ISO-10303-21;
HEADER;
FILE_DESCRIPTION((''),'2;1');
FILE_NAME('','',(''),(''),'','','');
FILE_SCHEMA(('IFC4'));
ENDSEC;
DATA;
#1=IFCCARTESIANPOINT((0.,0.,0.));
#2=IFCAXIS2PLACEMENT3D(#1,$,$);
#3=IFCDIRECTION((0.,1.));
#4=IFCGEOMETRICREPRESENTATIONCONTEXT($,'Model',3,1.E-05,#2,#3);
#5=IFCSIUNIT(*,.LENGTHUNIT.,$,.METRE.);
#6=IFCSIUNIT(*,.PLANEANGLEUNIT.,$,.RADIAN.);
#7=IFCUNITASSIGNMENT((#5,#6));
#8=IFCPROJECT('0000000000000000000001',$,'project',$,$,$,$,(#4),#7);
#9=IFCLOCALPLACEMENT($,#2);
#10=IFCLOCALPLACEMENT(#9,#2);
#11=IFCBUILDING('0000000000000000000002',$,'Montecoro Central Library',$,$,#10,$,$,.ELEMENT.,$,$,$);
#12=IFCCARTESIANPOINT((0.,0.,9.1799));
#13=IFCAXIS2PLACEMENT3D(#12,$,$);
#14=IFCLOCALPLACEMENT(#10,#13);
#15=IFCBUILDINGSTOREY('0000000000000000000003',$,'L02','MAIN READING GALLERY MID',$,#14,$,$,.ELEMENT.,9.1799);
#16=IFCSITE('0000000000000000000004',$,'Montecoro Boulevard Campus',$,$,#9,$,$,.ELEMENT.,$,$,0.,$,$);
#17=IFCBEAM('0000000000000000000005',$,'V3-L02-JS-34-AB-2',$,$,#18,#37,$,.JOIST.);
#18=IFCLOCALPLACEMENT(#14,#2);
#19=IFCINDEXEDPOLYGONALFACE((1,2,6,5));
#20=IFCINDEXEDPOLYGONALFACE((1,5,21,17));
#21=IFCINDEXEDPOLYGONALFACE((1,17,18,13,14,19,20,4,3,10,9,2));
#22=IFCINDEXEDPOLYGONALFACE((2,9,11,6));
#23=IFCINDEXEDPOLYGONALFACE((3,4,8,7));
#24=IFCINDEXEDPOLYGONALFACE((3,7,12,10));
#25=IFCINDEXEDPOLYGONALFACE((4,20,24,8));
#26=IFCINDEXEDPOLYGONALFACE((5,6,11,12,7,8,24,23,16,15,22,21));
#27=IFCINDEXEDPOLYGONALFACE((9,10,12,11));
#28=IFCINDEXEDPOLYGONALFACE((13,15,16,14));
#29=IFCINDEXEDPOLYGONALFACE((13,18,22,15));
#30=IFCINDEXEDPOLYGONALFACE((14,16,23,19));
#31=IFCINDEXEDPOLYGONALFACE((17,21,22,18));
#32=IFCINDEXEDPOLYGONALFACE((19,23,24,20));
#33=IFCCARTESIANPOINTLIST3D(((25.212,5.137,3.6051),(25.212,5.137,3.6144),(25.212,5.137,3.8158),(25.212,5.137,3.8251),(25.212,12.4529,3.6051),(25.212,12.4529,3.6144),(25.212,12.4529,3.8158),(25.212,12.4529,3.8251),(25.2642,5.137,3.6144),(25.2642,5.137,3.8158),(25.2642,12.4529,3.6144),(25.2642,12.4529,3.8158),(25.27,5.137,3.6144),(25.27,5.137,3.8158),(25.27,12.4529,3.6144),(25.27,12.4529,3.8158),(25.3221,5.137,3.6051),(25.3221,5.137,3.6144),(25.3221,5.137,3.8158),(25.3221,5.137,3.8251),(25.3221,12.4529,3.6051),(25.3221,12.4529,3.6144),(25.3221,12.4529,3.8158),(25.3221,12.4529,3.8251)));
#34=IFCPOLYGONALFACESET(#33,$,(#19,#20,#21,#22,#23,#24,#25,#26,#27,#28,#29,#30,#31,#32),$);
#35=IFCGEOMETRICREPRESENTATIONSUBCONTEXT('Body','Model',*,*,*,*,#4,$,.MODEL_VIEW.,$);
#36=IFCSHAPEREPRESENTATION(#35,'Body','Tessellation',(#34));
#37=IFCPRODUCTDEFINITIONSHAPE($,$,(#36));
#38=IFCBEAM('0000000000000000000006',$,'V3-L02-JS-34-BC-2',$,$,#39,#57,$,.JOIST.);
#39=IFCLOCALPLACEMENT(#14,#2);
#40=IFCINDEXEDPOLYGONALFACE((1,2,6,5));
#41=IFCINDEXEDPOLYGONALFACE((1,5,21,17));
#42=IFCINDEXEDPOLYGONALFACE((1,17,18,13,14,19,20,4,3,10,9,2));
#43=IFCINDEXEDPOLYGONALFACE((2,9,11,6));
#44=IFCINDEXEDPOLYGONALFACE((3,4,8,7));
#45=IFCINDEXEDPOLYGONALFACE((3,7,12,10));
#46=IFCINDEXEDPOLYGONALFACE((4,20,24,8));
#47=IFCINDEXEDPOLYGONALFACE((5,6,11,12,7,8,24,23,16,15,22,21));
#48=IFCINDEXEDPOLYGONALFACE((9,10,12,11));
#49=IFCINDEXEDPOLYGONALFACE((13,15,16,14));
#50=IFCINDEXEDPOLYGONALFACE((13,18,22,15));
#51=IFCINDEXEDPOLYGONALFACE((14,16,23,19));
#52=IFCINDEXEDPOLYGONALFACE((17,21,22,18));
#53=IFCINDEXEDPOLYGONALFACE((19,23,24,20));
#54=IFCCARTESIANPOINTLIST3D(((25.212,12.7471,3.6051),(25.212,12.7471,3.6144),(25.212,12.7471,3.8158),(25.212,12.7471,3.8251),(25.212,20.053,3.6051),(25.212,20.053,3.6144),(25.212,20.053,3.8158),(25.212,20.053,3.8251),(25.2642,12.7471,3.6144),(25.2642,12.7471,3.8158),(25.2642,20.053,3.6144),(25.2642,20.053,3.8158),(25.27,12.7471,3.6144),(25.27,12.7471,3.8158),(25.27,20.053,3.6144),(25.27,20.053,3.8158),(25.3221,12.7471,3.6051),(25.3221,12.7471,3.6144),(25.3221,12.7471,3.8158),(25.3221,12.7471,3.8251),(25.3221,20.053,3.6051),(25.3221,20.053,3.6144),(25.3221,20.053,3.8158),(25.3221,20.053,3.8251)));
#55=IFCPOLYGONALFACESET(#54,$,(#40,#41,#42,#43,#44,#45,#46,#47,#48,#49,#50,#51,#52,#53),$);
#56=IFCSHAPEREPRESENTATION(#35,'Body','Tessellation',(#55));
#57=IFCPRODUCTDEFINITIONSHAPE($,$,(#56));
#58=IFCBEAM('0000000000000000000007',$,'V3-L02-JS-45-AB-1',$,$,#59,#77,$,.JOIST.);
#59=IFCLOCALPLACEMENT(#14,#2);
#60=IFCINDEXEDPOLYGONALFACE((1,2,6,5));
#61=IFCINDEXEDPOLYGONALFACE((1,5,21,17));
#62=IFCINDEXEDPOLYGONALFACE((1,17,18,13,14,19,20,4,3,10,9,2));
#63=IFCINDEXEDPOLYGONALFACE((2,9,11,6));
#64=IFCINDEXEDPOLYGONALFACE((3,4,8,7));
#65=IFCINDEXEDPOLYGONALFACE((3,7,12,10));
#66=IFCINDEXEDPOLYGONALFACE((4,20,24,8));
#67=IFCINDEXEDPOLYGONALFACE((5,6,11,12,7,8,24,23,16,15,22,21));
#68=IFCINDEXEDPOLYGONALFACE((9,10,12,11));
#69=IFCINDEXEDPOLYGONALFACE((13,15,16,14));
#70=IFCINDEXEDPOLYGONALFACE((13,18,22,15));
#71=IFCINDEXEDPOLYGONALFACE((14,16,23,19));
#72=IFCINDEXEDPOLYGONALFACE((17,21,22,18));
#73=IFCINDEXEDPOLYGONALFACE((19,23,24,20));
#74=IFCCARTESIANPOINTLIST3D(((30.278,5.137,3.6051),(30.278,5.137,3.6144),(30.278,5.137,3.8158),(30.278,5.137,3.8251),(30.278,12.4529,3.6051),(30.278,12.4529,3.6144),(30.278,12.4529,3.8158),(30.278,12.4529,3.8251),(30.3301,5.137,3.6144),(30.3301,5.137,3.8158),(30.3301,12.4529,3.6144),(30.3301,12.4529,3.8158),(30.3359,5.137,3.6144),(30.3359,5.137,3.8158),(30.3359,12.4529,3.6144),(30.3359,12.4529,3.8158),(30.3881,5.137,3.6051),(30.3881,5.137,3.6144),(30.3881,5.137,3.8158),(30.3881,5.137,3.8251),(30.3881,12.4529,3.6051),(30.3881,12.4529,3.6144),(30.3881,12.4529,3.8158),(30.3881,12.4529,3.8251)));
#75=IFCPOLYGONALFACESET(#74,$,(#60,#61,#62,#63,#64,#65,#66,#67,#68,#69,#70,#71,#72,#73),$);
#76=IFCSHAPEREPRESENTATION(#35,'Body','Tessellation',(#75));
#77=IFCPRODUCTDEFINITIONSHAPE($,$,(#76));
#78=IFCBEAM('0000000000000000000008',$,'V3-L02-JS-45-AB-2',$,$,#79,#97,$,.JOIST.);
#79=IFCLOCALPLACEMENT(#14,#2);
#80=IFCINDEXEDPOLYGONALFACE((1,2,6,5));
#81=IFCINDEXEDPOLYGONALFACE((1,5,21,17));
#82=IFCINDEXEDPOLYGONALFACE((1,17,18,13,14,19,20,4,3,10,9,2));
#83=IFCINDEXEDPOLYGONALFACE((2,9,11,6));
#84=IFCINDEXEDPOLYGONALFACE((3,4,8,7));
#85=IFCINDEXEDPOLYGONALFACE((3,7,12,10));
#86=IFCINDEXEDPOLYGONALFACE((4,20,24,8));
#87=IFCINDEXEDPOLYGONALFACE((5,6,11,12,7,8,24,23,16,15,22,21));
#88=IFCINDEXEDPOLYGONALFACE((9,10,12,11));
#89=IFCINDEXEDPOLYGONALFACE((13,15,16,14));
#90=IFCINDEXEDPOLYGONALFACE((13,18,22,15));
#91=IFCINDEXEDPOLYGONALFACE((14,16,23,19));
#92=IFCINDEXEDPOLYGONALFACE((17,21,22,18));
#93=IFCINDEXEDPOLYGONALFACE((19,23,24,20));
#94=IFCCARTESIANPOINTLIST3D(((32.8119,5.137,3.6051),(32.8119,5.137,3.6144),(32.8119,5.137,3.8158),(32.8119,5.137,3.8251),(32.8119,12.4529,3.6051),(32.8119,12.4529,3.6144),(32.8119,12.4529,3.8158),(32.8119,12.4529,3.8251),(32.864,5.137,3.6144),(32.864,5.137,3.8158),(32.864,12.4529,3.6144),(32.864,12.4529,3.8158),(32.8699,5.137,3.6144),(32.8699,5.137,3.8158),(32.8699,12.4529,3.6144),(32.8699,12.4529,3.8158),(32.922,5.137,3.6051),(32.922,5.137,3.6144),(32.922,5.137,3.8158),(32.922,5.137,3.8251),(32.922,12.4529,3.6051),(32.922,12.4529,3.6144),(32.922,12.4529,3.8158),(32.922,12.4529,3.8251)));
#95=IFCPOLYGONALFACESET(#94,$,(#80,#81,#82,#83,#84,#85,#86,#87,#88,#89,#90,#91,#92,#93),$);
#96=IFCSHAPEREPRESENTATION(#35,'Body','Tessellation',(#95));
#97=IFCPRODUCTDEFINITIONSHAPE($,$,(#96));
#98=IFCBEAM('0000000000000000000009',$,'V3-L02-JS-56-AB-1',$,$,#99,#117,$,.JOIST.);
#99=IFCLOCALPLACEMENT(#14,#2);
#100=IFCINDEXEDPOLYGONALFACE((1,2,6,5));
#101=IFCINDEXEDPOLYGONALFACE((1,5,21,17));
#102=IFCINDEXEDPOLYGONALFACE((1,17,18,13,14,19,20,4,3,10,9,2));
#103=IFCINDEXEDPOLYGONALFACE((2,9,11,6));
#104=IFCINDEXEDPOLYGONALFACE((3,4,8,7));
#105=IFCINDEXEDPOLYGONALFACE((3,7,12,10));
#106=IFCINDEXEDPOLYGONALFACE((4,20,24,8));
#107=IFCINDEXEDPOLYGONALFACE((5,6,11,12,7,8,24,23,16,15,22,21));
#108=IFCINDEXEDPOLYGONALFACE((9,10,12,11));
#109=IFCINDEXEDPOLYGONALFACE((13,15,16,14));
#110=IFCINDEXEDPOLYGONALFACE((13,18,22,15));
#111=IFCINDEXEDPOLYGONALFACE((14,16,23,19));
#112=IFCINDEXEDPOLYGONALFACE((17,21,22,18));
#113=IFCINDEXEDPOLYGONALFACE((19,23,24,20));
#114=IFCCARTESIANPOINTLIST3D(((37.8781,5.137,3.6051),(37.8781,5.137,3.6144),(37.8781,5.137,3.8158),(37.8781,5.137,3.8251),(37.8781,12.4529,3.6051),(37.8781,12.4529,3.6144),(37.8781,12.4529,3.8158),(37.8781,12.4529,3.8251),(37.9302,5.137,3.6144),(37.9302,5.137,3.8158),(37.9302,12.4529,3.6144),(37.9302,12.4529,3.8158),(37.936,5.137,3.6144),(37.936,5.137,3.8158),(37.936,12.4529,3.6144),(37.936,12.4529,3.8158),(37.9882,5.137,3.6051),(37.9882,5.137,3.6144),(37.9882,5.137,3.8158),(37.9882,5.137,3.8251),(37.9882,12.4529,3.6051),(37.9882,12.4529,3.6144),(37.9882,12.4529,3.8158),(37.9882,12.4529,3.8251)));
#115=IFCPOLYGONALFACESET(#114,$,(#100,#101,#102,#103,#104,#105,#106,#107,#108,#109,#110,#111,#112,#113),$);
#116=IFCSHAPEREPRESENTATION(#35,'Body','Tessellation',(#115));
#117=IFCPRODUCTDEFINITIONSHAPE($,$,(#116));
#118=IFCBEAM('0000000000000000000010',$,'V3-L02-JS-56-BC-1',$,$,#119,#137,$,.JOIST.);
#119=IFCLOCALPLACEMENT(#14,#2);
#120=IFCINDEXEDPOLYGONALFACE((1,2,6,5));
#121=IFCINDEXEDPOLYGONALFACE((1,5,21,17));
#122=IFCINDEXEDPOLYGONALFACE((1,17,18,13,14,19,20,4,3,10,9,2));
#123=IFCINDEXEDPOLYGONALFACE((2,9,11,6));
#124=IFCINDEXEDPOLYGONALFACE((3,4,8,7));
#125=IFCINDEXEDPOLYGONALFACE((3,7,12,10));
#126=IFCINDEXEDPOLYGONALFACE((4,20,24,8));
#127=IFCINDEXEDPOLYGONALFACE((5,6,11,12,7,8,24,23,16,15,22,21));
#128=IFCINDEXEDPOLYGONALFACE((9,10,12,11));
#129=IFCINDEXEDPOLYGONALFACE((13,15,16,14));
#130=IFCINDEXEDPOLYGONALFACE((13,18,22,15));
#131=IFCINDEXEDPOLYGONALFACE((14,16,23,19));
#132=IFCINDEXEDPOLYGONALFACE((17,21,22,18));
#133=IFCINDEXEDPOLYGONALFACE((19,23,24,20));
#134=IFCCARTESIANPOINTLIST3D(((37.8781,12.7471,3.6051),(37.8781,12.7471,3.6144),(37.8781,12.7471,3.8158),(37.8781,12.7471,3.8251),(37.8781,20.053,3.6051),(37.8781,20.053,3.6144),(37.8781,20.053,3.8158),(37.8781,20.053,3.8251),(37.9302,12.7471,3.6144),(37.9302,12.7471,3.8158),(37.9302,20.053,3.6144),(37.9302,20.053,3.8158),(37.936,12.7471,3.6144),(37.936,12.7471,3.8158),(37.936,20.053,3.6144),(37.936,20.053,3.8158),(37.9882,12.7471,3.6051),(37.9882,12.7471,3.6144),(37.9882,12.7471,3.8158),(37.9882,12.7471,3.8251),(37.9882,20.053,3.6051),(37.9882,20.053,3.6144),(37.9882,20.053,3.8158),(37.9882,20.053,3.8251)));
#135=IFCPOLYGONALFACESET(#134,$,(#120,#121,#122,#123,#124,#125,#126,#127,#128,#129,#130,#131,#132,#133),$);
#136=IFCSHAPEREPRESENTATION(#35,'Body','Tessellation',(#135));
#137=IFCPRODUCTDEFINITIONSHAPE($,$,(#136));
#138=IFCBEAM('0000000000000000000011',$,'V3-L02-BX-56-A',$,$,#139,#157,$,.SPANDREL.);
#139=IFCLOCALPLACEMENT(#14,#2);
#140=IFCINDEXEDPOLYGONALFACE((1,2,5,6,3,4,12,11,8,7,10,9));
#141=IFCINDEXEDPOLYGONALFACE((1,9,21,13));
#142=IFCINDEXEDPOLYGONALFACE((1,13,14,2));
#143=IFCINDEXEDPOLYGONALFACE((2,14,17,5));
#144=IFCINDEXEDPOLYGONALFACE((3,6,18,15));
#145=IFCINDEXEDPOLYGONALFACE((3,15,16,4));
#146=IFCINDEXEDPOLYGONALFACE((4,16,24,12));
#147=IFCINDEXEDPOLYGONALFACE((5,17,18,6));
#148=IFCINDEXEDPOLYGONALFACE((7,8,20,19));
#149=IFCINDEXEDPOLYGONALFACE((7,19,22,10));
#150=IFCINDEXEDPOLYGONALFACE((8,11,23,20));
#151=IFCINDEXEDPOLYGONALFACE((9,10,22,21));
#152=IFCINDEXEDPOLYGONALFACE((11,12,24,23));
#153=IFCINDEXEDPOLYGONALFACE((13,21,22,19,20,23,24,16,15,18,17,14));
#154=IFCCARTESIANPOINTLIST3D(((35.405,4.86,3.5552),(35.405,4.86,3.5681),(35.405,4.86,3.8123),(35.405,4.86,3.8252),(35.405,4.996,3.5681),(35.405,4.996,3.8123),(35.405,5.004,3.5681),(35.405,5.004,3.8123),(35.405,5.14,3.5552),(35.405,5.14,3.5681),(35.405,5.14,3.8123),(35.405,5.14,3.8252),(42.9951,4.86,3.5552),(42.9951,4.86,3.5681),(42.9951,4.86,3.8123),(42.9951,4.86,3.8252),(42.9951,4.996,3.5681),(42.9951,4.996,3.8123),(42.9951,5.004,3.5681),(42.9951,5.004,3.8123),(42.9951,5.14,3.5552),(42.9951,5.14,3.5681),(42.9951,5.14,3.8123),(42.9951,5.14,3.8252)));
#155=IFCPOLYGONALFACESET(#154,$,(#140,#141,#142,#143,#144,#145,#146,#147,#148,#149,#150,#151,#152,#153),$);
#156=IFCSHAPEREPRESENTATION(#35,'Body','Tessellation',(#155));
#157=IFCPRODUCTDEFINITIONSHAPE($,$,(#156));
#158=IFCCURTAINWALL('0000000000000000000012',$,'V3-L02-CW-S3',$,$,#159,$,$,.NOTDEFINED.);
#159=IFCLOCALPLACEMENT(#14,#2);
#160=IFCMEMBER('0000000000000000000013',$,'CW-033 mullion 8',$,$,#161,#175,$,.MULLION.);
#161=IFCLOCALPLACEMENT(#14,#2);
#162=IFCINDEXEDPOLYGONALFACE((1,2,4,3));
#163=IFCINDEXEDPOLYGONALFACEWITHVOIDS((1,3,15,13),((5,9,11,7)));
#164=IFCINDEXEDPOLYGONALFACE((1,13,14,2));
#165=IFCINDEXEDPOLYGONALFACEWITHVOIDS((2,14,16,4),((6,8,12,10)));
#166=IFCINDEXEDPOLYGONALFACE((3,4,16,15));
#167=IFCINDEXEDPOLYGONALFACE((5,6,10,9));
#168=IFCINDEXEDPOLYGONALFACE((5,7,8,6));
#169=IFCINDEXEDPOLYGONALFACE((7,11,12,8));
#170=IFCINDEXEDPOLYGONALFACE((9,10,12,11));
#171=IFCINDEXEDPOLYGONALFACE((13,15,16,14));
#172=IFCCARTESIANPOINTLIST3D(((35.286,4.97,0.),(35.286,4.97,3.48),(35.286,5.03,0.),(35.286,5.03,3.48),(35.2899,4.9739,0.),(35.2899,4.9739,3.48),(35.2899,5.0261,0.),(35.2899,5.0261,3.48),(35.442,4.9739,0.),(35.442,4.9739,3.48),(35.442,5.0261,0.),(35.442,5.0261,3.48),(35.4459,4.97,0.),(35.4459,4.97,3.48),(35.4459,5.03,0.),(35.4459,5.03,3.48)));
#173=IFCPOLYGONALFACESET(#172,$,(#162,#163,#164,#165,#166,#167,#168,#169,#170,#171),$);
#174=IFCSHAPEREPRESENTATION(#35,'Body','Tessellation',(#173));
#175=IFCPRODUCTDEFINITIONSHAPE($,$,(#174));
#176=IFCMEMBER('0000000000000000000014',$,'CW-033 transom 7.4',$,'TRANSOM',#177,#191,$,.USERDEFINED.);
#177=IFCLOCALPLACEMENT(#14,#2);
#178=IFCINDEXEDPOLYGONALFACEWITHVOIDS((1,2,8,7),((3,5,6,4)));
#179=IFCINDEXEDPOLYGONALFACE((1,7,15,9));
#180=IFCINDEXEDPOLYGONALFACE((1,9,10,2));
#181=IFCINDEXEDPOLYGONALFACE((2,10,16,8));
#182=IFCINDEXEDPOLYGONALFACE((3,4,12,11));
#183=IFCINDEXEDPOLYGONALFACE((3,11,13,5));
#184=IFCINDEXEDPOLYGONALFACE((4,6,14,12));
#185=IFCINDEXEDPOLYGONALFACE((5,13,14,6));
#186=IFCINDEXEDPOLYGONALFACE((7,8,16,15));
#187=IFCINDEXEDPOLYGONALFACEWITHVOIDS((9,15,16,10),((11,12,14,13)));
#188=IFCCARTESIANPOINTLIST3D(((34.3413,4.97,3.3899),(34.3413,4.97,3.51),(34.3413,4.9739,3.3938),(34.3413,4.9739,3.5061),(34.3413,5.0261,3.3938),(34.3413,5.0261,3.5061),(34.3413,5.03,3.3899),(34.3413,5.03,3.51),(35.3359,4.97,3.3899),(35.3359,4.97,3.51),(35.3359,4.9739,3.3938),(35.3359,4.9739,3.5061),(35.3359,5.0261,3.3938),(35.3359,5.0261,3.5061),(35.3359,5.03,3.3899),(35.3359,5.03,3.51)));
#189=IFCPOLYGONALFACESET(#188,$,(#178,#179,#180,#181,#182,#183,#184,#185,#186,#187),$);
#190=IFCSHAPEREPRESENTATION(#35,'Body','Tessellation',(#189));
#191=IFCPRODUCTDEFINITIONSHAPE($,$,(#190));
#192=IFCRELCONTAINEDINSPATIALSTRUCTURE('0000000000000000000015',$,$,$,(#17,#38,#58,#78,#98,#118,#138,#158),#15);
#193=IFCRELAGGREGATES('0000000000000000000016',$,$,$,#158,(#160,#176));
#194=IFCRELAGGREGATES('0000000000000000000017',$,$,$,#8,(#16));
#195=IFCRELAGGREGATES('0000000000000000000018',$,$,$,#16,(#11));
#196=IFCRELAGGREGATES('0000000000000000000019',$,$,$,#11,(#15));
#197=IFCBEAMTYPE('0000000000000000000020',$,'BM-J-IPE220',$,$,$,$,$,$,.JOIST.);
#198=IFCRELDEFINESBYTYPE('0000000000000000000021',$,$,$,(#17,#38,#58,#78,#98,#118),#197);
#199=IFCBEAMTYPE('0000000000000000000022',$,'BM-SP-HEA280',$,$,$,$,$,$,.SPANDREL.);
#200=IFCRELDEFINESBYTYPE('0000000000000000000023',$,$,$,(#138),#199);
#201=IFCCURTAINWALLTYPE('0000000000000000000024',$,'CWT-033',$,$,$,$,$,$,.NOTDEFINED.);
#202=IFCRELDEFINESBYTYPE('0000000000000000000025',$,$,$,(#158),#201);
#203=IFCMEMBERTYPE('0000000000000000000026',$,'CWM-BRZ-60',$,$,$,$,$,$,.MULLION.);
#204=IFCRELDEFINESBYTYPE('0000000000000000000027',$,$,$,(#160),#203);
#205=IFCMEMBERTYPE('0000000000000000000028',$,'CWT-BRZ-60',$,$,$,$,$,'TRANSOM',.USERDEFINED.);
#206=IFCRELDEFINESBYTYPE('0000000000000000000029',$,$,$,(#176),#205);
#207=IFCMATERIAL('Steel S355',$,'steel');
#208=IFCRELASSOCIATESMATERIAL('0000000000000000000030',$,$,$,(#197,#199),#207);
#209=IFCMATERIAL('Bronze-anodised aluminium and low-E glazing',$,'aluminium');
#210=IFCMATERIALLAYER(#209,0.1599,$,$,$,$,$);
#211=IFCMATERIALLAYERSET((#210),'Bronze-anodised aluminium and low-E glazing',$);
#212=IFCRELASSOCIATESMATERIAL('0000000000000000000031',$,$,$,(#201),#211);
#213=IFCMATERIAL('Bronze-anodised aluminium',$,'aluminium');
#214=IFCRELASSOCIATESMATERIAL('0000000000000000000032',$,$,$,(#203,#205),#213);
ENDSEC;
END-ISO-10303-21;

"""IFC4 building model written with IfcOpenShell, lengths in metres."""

from ifc_helpers import new_model, si_unit, direction, frame, origin, origin_2d, place, context, subcontext, project, spatial, hollow_rectangle, i_section, extrude, material, layer, layer_set, material_profile, profile_set, type_object, element, aggregate, save


model = new_model("IFC4")

# Units and contexts
model_context = context("Model", 3, precision=1e-05, world=origin(), true_north=direction((0.0, 1.0)))
body_context = subcontext(model_context, "Body", "Model", "MODEL_VIEW")
ifc_project = project(units=[si_unit("LENGTHUNIT", "METRE"), si_unit("PLANEANGLEUNIT", "RADIAN")], contexts=[model_context])

# Site, building, storey
site_placement = place(None, origin())
site = spatial("IfcSite", under=ifc_project, at=site_placement, Name="Montecoro Boulevard Campus", CompositionType="ELEMENT", RefElevation=0.0)
building_placement = place(site_placement, origin())
building = spatial("IfcBuilding", under=site, at=building_placement, Name="Montecoro Central Library", CompositionType="ELEMENT")
storey_placement = place(building_placement, frame((0.0, 0.0, 9.1799)))
storey = spatial("IfcBuildingStorey", under=building, at=storey_placement, Name="L02", Description="MAIN READING GALLERY MID", CompositionType="ELEMENT", Elevation=9.1799)

# Shared definitions
ifc_material_1 = material(Name="Steel S355", Category="steel")

# Beams
ifc_material_profile_1 = material_profile(ifc_material_1, i_section(OverallWidth=0.1101, OverallDepth=0.22, WebThickness=0.0059, FlangeThickness=0.0093, at=origin_2d()), Name="IPE 220")
ifc_profile_set_1 = profile_set([ifc_material_profile_1], Name="Steel S355")
beam_type_1 = type_object("IfcBeamType", Name="BM-J-IPE220", PredefinedType="JOIST", material=ifc_profile_set_1)
beam_1_placement = place(storey_placement, frame((25.2671, 5.137, 3.7151), z_axis=(0.0, 1.0, 0.0), x_axis=(-1.0, 0.0, 0.0)))
element("IfcBeam", 1, at=beam_1_placement, inside=storey, type_object=beam_type_1, Name="V3-L02-JS-34-AB-2", PredefinedType="JOIST", context=body_context, shape_type="SweptSolid", body=[
    extrude(i_section(OverallWidth=0.1101, OverallDepth=0.22, WebThickness=0.0059, FlangeThickness=0.0093, at=origin_2d()), origin(), (0.0, 0.0, 1.0), 7.3159),
])
beam_2_placement = place(storey_placement, frame((25.2671, 12.7471, 3.7151), z_axis=(0.0, 1.0, 0.0), x_axis=(-1.0, 0.0, 0.0)))
element("IfcBeam", 2, at=beam_2_placement, inside=storey, type_object=beam_type_1, Name="V3-L02-JS-34-BC-2", PredefinedType="JOIST", context=body_context, shape_type="SweptSolid", body=[
    extrude(i_section(OverallWidth=0.1101, OverallDepth=0.22, WebThickness=0.0059, FlangeThickness=0.0093, at=origin_2d()), origin(), (0.0, 0.0, 1.0), 7.3059),
])
for number, where, z_axis, x_axis, name in (
    (3, (30.333, 5.137, 3.7151), (0.0, 1.0, 0.0), (-1.0, 0.0, 0.0), "V3-L02-JS-45-AB-1"),
    (4, (32.8669, 5.137, 3.7151), (0.0, 1.0, 0.0), (-1.0, 0.0, 0.0), "V3-L02-JS-45-AB-2"),
    (5, (37.9331, 5.137, 3.7151), (0.0, 1.0, 0.0), (-1.0, 0.0, 0.0), "V3-L02-JS-56-AB-1"),
):
    element("IfcBeam", number, at=place(storey_placement, frame(where, z_axis=z_axis, x_axis=x_axis)), inside=storey, type_object=beam_type_1, Name=name, PredefinedType="JOIST", context=body_context, shape_type="SweptSolid", body=[
        extrude(i_section(OverallWidth=0.1101, OverallDepth=0.22, WebThickness=0.0059, FlangeThickness=0.0093, at=origin_2d()), origin(), (0.0, 0.0, 1.0), 7.3159),
    ])
beam_3_placement = place(storey_placement, frame((37.9331, 12.7471, 3.7151), z_axis=(0.0, 1.0, 0.0), x_axis=(-1.0, 0.0, 0.0)))
element("IfcBeam", 6, at=beam_3_placement, inside=storey, type_object=beam_type_1, Name="V3-L02-JS-56-BC-1", PredefinedType="JOIST", context=body_context, shape_type="SweptSolid", body=[
    extrude(i_section(OverallWidth=0.1101, OverallDepth=0.22, WebThickness=0.0059, FlangeThickness=0.0093, at=origin_2d()), origin(), (0.0, 0.0, 1.0), 7.3059),
])
ifc_material_profile_2 = material_profile(ifc_material_1, i_section(OverallWidth=0.28, OverallDepth=0.27, WebThickness=0.0081, FlangeThickness=0.0129, at=origin_2d()), Name="HEA 280")
ifc_profile_set_2 = profile_set([ifc_material_profile_2], Name="Steel S355")
beam_type_2 = type_object("IfcBeamType", Name="BM-SP-HEA280", PredefinedType="SPANDREL", material=ifc_profile_set_2)
beam_4_placement = place(storey_placement, frame((35.405, 5.0, 3.6902), z_axis=(1.0, 0.0, 0.0), x_axis=(0.0, 1.0, 0.0)))
element("IfcBeam", 7, at=beam_4_placement, inside=storey, type_object=beam_type_2, Name="V3-L02-BX-56-A", PredefinedType="SPANDREL", context=body_context, shape_type="SweptSolid", body=[
    extrude(i_section(OverallWidth=0.28, OverallDepth=0.27, WebThickness=0.0081, FlangeThickness=0.0129, at=origin_2d()), origin(), (0.0, 0.0, 1.0), 7.5901),
])

# Curtain wall, members
ifc_material_2 = material(Name="Bronze-anodised aluminium and low-E glazing", Category="aluminium")
ifc_layer_1 = layer(ifc_material_2, 0.1599)
ifc_layer_set_1 = layer_set([ifc_layer_1], Name="Bronze-anodised aluminium and low-E glazing")
curtain_wall_type = type_object("IfcCurtainWallType", Name="CWT-033", PredefinedType="NOTDEFINED", material=ifc_layer_set_1)
curtain_wall_placement = place(storey_placement, origin())
curtain_wall = element("IfcCurtainWall", 8, at=curtain_wall_placement, inside=storey, type_object=curtain_wall_type, Name="V3-L02-CW-S3", PredefinedType="NOTDEFINED")
ifc_material_3 = material(Name="Bronze-anodised aluminium", Category="aluminium")
ifc_material_profile_3 = material_profile(ifc_material_3, hollow_rectangle(XDim=0.0601, YDim=0.1599, WallThickness=0.0039, at=origin_2d()), Name="CWM 160x60x4.0")
ifc_profile_set_3 = profile_set([ifc_material_profile_3], Name="Bronze-anodised aluminium")
member_type_1 = type_object("IfcMemberType", Name="CWM-BRZ-60", PredefinedType="MULLION", material=ifc_profile_set_3)
member_1_placement = place(storey_placement, frame((35.366, 5.0, 0.0), z_axis=(0.0, 0.0, 1.0), x_axis=(0.0, 1.0, 0.0)))
member_1 = element("IfcMember", 9, at=member_1_placement, type_object=member_type_1, Name="CW-033 mullion 8", PredefinedType="MULLION", context=body_context, shape_type="SweptSolid", body=[
    extrude(hollow_rectangle(XDim=0.0601, YDim=0.1599, WallThickness=0.0039, at=origin_2d()), origin(), (0.0, 0.0, 1.0), 3.48),
])
ifc_material_profile_4 = material_profile(ifc_material_3, hollow_rectangle(XDim=0.0601, YDim=0.1201, WallThickness=0.0039, at=origin_2d()), Name="CWT 120x60x4.0")
ifc_profile_set_4 = profile_set([ifc_material_profile_4], Name="Bronze-anodised aluminium")
member_type_2 = type_object("IfcMemberType", Name="CWT-BRZ-60", ElementType="TRANSOM", PredefinedType="USERDEFINED", material=ifc_profile_set_4)
member_2_placement = place(storey_placement, frame((34.3413, 5.0, 3.45), z_axis=(1.0, 0.0, 0.0), x_axis=(0.0, 1.0, 0.0)))
member_2 = element("IfcMember", 10, at=member_2_placement, type_object=member_type_2, Name="CW-033 transom 7.4", ObjectType="TRANSOM", PredefinedType="USERDEFINED", context=body_context, shape_type="SweptSolid", body=[
    extrude(hollow_rectangle(XDim=0.0601, YDim=0.1201, WallThickness=0.0039, at=origin_2d()), origin(), (0.0, 0.0, 1.0), 0.9946),
])
aggregate(curtain_wall, [member_1, member_2])

save(model, "model.ifc")
